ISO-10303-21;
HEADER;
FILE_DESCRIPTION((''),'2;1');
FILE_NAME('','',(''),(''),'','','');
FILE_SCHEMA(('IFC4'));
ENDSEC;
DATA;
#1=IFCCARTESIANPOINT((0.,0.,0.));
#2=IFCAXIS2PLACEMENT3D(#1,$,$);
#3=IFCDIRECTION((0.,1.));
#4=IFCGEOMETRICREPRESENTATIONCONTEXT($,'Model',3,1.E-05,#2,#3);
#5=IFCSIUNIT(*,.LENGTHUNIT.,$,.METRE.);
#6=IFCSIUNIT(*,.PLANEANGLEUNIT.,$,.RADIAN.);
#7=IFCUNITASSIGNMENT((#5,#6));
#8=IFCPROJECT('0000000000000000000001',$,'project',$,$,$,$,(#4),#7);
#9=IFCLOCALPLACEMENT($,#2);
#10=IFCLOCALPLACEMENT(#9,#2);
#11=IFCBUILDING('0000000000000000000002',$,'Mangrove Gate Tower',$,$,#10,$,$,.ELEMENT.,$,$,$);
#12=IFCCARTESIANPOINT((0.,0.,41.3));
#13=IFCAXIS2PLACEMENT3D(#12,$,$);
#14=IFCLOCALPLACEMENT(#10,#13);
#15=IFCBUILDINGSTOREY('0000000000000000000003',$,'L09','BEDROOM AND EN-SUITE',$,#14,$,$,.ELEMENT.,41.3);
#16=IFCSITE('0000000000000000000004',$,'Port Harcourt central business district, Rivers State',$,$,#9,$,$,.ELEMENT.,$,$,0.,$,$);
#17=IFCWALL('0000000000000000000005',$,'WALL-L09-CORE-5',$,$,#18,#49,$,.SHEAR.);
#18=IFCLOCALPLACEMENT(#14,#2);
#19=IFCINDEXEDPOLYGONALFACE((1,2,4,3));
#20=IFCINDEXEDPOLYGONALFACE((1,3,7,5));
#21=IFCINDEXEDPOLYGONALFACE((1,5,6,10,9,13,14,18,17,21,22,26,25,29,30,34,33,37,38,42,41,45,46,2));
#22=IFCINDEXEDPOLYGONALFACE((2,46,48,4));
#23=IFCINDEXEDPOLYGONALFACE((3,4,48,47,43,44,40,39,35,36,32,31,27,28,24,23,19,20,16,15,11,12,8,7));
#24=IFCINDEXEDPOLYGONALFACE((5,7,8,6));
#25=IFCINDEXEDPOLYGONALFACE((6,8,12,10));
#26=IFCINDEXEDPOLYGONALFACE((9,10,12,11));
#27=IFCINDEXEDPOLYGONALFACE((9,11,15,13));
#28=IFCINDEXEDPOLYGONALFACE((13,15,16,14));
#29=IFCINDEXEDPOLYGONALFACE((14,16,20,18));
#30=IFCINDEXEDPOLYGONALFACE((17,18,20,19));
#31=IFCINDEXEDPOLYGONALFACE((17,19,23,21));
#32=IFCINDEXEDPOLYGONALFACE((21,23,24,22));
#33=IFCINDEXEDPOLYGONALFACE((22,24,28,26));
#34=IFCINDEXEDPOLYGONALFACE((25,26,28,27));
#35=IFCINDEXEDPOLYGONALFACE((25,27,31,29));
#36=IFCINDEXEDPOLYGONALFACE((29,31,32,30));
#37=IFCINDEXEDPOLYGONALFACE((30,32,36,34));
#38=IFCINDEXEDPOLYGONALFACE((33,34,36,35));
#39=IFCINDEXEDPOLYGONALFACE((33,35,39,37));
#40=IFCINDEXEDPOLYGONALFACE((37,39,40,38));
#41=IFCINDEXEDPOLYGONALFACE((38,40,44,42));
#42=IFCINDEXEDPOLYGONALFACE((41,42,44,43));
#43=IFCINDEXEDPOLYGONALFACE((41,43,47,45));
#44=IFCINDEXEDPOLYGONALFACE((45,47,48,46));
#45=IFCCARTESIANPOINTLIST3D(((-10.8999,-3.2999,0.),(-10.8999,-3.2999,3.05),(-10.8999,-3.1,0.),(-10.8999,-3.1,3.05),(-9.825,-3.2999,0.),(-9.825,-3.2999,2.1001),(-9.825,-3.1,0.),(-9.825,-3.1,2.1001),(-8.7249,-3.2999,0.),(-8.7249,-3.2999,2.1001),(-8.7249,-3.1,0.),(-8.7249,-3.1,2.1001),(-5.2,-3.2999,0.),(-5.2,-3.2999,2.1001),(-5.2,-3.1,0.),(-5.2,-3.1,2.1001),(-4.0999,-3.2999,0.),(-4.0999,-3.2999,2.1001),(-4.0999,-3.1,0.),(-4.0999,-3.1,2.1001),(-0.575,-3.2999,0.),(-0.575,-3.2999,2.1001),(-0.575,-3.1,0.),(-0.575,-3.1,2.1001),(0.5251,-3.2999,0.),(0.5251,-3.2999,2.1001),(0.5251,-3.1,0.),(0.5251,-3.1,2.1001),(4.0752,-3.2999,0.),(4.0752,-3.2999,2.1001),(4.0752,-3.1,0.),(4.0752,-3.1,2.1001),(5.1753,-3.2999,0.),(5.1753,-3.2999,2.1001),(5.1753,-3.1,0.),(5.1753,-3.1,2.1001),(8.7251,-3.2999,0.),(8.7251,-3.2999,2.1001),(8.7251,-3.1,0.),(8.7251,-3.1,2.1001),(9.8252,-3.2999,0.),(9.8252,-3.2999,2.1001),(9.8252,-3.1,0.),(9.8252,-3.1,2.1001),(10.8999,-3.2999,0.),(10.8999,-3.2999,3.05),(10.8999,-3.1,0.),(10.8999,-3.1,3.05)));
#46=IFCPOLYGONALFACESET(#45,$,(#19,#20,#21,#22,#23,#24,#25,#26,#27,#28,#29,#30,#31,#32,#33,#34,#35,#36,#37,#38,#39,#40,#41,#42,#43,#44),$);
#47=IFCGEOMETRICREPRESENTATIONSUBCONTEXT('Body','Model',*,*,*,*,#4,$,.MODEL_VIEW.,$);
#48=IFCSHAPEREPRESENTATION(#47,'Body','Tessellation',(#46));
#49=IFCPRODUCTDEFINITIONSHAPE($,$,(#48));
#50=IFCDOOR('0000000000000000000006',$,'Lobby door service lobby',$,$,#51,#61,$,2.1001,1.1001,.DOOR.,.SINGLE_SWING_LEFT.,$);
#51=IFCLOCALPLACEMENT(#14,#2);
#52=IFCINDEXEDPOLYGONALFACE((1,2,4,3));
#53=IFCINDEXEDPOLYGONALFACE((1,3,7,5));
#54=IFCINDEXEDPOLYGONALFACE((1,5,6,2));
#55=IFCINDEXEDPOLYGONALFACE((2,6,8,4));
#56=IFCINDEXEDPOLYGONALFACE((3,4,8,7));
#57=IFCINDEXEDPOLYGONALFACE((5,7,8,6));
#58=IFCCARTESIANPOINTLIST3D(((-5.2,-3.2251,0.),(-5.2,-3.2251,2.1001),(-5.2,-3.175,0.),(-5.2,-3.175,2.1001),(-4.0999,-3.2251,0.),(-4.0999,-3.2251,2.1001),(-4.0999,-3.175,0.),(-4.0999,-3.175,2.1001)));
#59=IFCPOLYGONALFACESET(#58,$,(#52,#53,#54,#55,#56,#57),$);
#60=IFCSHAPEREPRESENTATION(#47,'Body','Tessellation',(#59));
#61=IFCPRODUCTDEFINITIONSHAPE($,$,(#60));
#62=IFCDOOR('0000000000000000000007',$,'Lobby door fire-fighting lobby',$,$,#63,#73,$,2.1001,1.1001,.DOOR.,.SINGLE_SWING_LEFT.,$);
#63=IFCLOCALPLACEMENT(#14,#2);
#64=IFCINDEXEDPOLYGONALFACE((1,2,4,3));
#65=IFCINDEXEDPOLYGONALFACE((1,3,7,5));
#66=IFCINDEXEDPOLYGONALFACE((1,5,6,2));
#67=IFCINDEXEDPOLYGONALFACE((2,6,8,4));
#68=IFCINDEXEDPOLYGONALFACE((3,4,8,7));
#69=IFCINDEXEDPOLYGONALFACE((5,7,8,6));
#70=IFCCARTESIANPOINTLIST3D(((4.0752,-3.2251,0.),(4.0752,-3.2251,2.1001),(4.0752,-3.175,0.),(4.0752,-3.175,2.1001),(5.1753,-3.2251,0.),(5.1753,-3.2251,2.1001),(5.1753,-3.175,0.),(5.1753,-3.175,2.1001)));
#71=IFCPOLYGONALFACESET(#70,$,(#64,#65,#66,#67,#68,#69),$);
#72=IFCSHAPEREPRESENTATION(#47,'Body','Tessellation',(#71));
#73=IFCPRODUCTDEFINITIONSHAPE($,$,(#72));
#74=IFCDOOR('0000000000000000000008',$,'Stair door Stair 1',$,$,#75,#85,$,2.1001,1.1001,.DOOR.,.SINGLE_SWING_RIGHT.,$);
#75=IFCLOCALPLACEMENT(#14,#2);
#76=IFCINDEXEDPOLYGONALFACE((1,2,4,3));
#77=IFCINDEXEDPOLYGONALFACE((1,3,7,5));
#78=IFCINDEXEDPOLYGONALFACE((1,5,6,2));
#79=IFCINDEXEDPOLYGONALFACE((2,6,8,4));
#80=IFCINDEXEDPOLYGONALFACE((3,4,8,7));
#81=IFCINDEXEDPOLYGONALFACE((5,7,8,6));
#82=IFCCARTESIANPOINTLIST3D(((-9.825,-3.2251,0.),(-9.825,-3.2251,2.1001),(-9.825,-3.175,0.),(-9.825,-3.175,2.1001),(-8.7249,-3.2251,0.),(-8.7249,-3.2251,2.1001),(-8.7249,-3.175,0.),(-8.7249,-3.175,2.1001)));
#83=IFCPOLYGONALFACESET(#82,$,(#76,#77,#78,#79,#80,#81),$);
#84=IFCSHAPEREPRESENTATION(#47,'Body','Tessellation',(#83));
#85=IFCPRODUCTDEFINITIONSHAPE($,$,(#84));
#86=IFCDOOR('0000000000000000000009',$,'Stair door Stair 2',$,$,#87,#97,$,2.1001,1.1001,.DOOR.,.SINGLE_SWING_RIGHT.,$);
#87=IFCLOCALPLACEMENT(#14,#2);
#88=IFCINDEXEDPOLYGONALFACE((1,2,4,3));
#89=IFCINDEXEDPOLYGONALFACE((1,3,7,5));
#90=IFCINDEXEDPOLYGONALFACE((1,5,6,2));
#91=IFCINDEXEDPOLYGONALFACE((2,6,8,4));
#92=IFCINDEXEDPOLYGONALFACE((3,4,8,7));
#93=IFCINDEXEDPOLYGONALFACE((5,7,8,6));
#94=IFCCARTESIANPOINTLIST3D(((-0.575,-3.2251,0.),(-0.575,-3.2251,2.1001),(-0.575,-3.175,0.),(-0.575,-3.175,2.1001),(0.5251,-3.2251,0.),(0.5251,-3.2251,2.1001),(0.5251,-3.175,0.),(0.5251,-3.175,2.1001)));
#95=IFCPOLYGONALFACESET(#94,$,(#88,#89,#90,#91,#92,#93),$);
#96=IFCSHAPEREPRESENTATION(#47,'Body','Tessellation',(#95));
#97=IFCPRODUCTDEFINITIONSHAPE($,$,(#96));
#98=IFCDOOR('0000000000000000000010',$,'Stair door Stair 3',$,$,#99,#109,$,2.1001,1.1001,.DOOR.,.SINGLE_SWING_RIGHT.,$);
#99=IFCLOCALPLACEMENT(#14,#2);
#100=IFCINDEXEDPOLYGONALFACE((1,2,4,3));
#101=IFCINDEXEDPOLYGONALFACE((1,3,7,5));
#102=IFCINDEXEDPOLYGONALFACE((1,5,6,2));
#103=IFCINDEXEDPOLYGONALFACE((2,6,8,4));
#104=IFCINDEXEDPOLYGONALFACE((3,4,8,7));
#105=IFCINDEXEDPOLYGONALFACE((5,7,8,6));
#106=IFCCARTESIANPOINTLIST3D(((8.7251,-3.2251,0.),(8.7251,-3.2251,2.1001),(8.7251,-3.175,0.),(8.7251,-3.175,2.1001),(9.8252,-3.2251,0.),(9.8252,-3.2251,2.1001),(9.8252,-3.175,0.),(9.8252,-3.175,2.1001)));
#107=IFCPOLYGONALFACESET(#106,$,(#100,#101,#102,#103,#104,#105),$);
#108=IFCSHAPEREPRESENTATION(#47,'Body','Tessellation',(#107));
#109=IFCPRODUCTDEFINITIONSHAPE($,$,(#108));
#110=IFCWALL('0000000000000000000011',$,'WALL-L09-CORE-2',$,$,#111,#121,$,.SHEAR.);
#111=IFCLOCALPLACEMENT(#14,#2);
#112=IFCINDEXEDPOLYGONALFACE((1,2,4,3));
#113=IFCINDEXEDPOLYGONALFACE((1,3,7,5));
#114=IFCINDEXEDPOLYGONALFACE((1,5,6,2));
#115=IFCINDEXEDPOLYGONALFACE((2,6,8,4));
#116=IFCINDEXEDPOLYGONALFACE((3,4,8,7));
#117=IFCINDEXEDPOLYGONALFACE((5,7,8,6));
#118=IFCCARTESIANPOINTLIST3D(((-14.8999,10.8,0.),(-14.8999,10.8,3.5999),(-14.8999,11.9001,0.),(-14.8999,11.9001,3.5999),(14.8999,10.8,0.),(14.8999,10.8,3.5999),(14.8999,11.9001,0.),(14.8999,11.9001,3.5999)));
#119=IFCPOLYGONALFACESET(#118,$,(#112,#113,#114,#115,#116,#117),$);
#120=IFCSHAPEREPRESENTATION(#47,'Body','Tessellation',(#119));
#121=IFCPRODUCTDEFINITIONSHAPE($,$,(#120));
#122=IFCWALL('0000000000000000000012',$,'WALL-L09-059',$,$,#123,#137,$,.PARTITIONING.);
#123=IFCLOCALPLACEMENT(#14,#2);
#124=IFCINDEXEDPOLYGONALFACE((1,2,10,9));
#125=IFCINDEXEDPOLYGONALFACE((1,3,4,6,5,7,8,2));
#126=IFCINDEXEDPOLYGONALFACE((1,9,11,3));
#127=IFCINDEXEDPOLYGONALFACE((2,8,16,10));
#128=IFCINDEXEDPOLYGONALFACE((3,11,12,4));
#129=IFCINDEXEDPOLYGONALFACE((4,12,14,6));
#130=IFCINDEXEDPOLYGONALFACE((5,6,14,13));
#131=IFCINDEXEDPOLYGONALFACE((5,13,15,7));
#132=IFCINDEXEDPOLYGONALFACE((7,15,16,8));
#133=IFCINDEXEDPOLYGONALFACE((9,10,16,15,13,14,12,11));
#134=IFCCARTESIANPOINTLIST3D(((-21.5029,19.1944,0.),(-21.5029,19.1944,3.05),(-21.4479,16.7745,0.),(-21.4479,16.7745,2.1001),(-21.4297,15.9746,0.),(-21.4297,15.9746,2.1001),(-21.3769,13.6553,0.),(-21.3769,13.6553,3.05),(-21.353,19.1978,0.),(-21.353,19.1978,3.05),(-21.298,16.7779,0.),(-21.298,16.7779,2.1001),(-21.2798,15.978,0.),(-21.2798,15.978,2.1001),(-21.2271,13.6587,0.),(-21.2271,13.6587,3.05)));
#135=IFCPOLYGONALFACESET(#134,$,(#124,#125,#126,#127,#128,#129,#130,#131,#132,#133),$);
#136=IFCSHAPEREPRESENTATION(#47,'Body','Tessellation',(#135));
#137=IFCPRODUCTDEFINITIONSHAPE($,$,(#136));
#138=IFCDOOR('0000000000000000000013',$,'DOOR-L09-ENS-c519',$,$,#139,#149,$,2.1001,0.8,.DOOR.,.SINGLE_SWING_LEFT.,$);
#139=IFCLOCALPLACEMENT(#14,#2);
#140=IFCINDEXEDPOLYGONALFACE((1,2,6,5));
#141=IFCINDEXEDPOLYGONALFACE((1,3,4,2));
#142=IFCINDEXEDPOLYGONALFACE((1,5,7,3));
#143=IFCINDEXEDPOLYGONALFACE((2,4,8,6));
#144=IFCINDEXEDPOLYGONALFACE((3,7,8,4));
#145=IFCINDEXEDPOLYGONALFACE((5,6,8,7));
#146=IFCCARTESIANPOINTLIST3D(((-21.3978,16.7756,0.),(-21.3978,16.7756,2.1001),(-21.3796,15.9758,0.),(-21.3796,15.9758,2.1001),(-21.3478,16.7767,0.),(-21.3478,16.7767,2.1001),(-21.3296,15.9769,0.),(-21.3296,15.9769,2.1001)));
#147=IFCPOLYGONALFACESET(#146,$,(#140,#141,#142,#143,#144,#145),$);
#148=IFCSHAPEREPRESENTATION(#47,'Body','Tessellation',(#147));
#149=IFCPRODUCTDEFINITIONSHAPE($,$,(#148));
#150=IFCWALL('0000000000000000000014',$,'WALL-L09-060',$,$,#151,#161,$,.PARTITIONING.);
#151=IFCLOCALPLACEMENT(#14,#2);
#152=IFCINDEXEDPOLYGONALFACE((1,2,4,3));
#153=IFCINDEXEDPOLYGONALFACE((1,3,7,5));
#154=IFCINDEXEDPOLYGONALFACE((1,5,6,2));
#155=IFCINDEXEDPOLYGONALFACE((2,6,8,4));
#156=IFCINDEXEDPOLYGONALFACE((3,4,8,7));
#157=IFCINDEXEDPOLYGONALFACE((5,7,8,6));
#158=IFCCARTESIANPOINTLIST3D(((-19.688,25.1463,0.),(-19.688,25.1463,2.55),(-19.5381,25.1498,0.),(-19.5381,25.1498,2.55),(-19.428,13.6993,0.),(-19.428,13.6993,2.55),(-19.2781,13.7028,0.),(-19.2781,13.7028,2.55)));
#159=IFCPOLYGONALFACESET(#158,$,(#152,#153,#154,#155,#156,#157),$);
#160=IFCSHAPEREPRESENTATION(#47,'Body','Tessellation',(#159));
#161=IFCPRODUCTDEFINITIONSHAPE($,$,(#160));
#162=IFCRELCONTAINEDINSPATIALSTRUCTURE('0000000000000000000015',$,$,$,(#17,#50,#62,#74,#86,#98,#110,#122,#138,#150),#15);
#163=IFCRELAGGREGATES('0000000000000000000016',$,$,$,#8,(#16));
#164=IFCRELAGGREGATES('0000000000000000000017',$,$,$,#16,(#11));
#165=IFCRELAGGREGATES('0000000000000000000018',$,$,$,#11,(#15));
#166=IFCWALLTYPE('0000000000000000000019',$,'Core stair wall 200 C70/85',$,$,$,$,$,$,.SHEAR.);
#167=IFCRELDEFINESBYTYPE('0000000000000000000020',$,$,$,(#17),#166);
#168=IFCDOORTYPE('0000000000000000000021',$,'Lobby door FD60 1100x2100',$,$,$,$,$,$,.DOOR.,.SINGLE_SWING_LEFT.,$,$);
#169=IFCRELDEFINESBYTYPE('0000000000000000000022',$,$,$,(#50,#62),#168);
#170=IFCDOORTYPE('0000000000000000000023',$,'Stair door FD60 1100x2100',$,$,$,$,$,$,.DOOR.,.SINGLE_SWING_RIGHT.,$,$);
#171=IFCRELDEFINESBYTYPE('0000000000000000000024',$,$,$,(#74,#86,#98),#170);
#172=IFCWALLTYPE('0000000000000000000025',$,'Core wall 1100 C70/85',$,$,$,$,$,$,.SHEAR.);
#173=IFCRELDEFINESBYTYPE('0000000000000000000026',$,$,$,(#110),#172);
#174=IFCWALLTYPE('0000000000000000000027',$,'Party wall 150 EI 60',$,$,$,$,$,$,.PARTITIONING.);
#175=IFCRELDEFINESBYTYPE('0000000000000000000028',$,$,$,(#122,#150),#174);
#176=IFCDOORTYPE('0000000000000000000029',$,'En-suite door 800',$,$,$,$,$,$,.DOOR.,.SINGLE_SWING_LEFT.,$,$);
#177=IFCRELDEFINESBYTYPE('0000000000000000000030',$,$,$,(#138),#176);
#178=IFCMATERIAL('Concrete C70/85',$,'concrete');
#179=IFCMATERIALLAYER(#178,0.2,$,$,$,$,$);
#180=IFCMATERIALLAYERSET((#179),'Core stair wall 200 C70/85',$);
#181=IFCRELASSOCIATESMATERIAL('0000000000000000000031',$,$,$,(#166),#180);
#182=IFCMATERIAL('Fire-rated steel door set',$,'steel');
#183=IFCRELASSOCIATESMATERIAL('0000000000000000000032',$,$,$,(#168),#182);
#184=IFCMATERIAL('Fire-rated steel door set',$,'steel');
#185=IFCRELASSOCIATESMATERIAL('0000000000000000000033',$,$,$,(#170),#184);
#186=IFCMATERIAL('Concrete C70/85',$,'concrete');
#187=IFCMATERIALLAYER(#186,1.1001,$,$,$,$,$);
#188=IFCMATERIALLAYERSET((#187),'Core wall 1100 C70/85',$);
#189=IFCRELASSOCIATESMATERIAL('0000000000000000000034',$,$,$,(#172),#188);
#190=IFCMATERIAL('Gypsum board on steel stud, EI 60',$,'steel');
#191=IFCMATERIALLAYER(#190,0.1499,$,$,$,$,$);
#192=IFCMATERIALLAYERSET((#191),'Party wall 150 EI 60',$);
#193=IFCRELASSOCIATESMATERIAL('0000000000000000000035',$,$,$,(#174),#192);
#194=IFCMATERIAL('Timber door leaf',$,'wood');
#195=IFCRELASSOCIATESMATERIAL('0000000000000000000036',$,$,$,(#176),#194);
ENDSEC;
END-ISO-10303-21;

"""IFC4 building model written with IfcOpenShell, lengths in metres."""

from ifc_helpers import new_model, si_unit, direction, frame, frame_2d, origin, place, context, subcontext, project, spatial, rectangle, extrude, material, layer, layer_set, type_object, element, fill, save


model = new_model("IFC4")

# Units and contexts
model_context = context("Model", 3, precision=1e-05, world=origin(), true_north=direction((0.0, 1.0)))
body_context = subcontext(model_context, "Body", "Model", "MODEL_VIEW")
ifc_project = project(units=[si_unit("LENGTHUNIT", "METRE"), si_unit("PLANEANGLEUNIT", "RADIAN")], contexts=[model_context])

# Site, building, storey
site_placement = place(None, origin())
site = spatial("IfcSite", under=ifc_project, at=site_placement, Name="Port Harcourt central business district, Rivers State", CompositionType="ELEMENT", RefElevation=0.0)
building_placement = place(site_placement, origin())
building = spatial("IfcBuilding", under=site, at=building_placement, Name="Mangrove Gate Tower", CompositionType="ELEMENT")
storey_placement = place(building_placement, frame((0.0, 0.0, 41.3)))
storey = spatial("IfcBuildingStorey", under=building, at=storey_placement, Name="L09", Description="BEDROOM AND EN-SUITE", CompositionType="ELEMENT", Elevation=41.3)

# Wall, openings, doors
ifc_material_1 = material(Name="Concrete C70/85", Category="concrete")
ifc_layer_1 = layer(ifc_material_1, 0.2)
ifc_layer_set_1 = layer_set([ifc_layer_1], Name="Core stair wall 200 C70/85")
wall_type_1 = type_object("IfcWallType", Name="Core stair wall 200 C70/85", PredefinedType="SHEAR", material=ifc_layer_set_1)
wall_1_placement = place(storey_placement, frame((-10.8999, -3.2, 0.0), z_axis=(0.0, 0.0, 1.0), x_axis=(1.0, 0.0, 0.0)))
wall_1 = element("IfcWall", 1, at=wall_1_placement, inside=storey, type_object=wall_type_1, Name="WALL-L09-CORE-5", PredefinedType="SHEAR", context=body_context, shape_type="SweptSolid", body=[
    extrude(rectangle(XDim=21.7998, YDim=0.2, at=frame_2d((10.8999, 0.0))), origin(), (0.0, 0.0, 1.0), 3.05),
])
opening_1_placement = place(wall_1_placement, frame((1.075, 0.0, 0.0)))
opening_1 = element("IfcOpeningElement", 2, at=opening_1_placement, cuts=wall_1, PredefinedType="OPENING", context=body_context, shape_type="SweptSolid", body=[
    extrude(rectangle(XDim=1.1001, YDim=2.1001, at=frame_2d((0.55, 1.05))), frame((0.0, 0.1099, 0.0), z_axis=(0.0, -1.0, 0.0), x_axis=(1.0, 0.0, 0.0)), (0.0, 0.0, 1.0), 0.22),
])
opening_2_placement = place(wall_1_placement, frame((10.325, 0.0, 0.0)))
opening_2 = element("IfcOpeningElement", 3, at=opening_2_placement, cuts=wall_1, PredefinedType="OPENING", context=body_context, shape_type="SweptSolid", body=[
    extrude(rectangle(XDim=1.1001, YDim=2.1001, at=frame_2d((0.55, 1.05))), frame((0.0, 0.1099, 0.0), z_axis=(0.0, -1.0, 0.0), x_axis=(1.0, 0.0, 0.0)), (0.0, 0.0, 1.0), 0.22),
])
opening_3_placement = place(wall_1_placement, frame((19.625, 0.0, 0.0)))
opening_3 = element("IfcOpeningElement", 4, at=opening_3_placement, cuts=wall_1, PredefinedType="OPENING", context=body_context, shape_type="SweptSolid", body=[
    extrude(rectangle(XDim=1.1001, YDim=2.1001, at=frame_2d((0.55, 1.05))), frame((0.0, 0.1099, 0.0), z_axis=(0.0, -1.0, 0.0), x_axis=(1.0, 0.0, 0.0)), (0.0, 0.0, 1.0), 0.22),
])
opening_4_placement = place(wall_1_placement, frame((5.7, 0.0, 0.0)))
opening_4 = element("IfcOpeningElement", 5, at=opening_4_placement, cuts=wall_1, PredefinedType="OPENING", context=body_context, shape_type="SweptSolid", body=[
    extrude(rectangle(XDim=1.1001, YDim=2.1001, at=frame_2d((0.55, 1.05))), frame((0.0, 0.1099, 0.0), z_axis=(0.0, -1.0, 0.0), x_axis=(1.0, 0.0, 0.0)), (0.0, 0.0, 1.0), 0.22),
])
opening_5_placement = place(wall_1_placement, frame((14.9751, 0.0, 0.0)))
opening_5 = element("IfcOpeningElement", 6, at=opening_5_placement, cuts=wall_1, PredefinedType="OPENING", context=body_context, shape_type="SweptSolid", body=[
    extrude(rectangle(XDim=1.1001, YDim=2.1001, at=frame_2d((0.55, 1.05))), frame((0.0, 0.1099, 0.0), z_axis=(0.0, -1.0, 0.0), x_axis=(1.0, 0.0, 0.0)), (0.0, 0.0, 1.0), 0.22),
])
ifc_material_2 = material(Name="Fire-rated steel door set", Category="steel")
door_type_1 = type_object("IfcDoorType", Name="Lobby door FD60 1100x2100", OperationType="SINGLE_SWING_LEFT", PredefinedType="DOOR", material=ifc_material_2)
door_1_placement = place(opening_4_placement, origin())
door_1 = element("IfcDoor", 7, at=door_1_placement, inside=storey, type_object=door_type_1, Name="Lobby door service lobby", OperationType="SINGLE_SWING_LEFT", OverallHeight=2.1001, OverallWidth=1.1001, PredefinedType="DOOR", context=body_context, shape_type="SweptSolid", body=[
    extrude(rectangle(XDim=1.1001, YDim=2.1001, at=frame_2d((0.55, 1.05))), frame((0.0, 0.0249, 0.0), z_axis=(0.0, -1.0, 0.0), x_axis=(1.0, 0.0, 0.0)), (0.0, 0.0, 1.0), 0.05),
])
fill(opening_4, door_1)
door_2_placement = place(opening_5_placement, origin())
door_2 = element("IfcDoor", 8, at=door_2_placement, inside=storey, type_object=door_type_1, Name="Lobby door fire-fighting lobby", OperationType="SINGLE_SWING_LEFT", OverallHeight=2.1001, OverallWidth=1.1001, PredefinedType="DOOR", context=body_context, shape_type="SweptSolid", body=[
    extrude(rectangle(XDim=1.1001, YDim=2.1001, at=frame_2d((0.55, 1.05))), frame((0.0, 0.0249, 0.0), z_axis=(0.0, -1.0, 0.0), x_axis=(1.0, 0.0, 0.0)), (0.0, 0.0, 1.0), 0.05),
])
fill(opening_5, door_2)
ifc_material_3 = material(Name="Fire-rated steel door set", Category="steel")
door_type_2 = type_object("IfcDoorType", Name="Stair door FD60 1100x2100", OperationType="SINGLE_SWING_RIGHT", PredefinedType="DOOR", material=ifc_material_3)
door_3_placement = place(opening_1_placement, origin())
door_3 = element("IfcDoor", 9, at=door_3_placement, inside=storey, type_object=door_type_2, Name="Stair door Stair 1", OperationType="SINGLE_SWING_RIGHT", OverallHeight=2.1001, OverallWidth=1.1001, PredefinedType="DOOR", context=body_context, shape_type="SweptSolid", body=[
    extrude(rectangle(XDim=1.1001, YDim=2.1001, at=frame_2d((0.55, 1.05))), frame((0.0, 0.0249, 0.0), z_axis=(0.0, -1.0, 0.0), x_axis=(1.0, 0.0, 0.0)), (0.0, 0.0, 1.0), 0.05),
])
fill(opening_1, door_3)
door_4_placement = place(opening_2_placement, origin())
door_4 = element("IfcDoor", 10, at=door_4_placement, inside=storey, type_object=door_type_2, Name="Stair door Stair 2", OperationType="SINGLE_SWING_RIGHT", OverallHeight=2.1001, OverallWidth=1.1001, PredefinedType="DOOR", context=body_context, shape_type="SweptSolid", body=[
    extrude(rectangle(XDim=1.1001, YDim=2.1001, at=frame_2d((0.55, 1.05))), frame((0.0, 0.0249, 0.0), z_axis=(0.0, -1.0, 0.0), x_axis=(1.0, 0.0, 0.0)), (0.0, 0.0, 1.0), 0.05),
])
fill(opening_2, door_4)
door_5_placement = place(opening_3_placement, origin())
door_5 = element("IfcDoor", 11, at=door_5_placement, inside=storey, type_object=door_type_2, Name="Stair door Stair 3", OperationType="SINGLE_SWING_RIGHT", OverallHeight=2.1001, OverallWidth=1.1001, PredefinedType="DOOR", context=body_context, shape_type="SweptSolid", body=[
    extrude(rectangle(XDim=1.1001, YDim=2.1001, at=frame_2d((0.55, 1.05))), frame((0.0, 0.0249, 0.0), z_axis=(0.0, -1.0, 0.0), x_axis=(1.0, 0.0, 0.0)), (0.0, 0.0, 1.0), 0.05),
])
fill(opening_3, door_5)

# Wall
ifc_material_4 = material(Name="Concrete C70/85", Category="concrete")
ifc_layer_2 = layer(ifc_material_4, 1.1001)
ifc_layer_set_2 = layer_set([ifc_layer_2], Name="Core wall 1100 C70/85")
wall_type_2 = type_object("IfcWallType", Name="Core wall 1100 C70/85", PredefinedType="SHEAR", material=ifc_layer_set_2)
wall_2_placement = place(storey_placement, frame((-14.8999, 11.3501, 0.0), z_axis=(0.0, 0.0, 1.0), x_axis=(1.0, 0.0, 0.0)))
element("IfcWall", 12, at=wall_2_placement, inside=storey, type_object=wall_type_2, Name="WALL-L09-CORE-2", PredefinedType="SHEAR", context=body_context, shape_type="SweptSolid", body=[
    extrude(rectangle(XDim=29.7998, YDim=1.1001, at=frame_2d((14.8999, 0.0))), origin(), (0.0, 0.0, 1.0), 3.5999),
])

# Wall, opening, door
ifc_material_5 = material(Name="Gypsum board on steel stud, EI 60", Category="steel")
ifc_layer_3 = layer(ifc_material_5, 0.1499)
ifc_layer_set_3 = layer_set([ifc_layer_3], Name="Party wall 150 EI 60")
wall_type_3 = type_object("IfcWallType", Name="Party wall 150 EI 60", PredefinedType="PARTITIONING", material=ifc_layer_set_3)
wall_3_placement = place(storey_placement, frame((-21.302, 13.657, 0.0), z_axis=(0.0, 0.0, 1.0), x_axis=(-0.022737, 0.999741, 0.0)))
wall_3 = element("IfcWall", 13, at=wall_3_placement, inside=storey, type_object=wall_type_3, Name="WALL-L09-059", PredefinedType="PARTITIONING", context=body_context, shape_type="SweptSolid", body=[
    extrude(rectangle(XDim=5.5405, YDim=0.1499, at=frame_2d((2.7703, 0.0))), origin(), (0.0, 0.0, 1.0), 3.05),
])
opening_6_placement = place(wall_3_placement, frame((2.3201, 0.0, 0.0)))
opening_6 = element("IfcOpeningElement", 14, at=opening_6_placement, cuts=wall_3, PredefinedType="OPENING", context=body_context, shape_type="SweptSolid", body=[
    extrude(rectangle(XDim=0.8, YDim=2.1001, at=frame_2d((0.3999, 1.05))), frame((0.0, 0.085, 0.0), z_axis=(0.0, -1.0, 0.0), x_axis=(1.0, 0.0, 0.0)), (0.0, 0.0, 1.0), 0.1699),
])
ifc_material_6 = material(Name="Timber door leaf", Category="wood")
door_type_3 = type_object("IfcDoorType", Name="En-suite door 800", OperationType="SINGLE_SWING_LEFT", PredefinedType="DOOR", material=ifc_material_6)
door_6_placement = place(opening_6_placement, origin())
door_6 = element("IfcDoor", 15, at=door_6_placement, inside=storey, type_object=door_type_3, Name="DOOR-L09-ENS-c519", OperationType="SINGLE_SWING_LEFT", OverallHeight=2.1001, OverallWidth=0.8, PredefinedType="DOOR", context=body_context, shape_type="SweptSolid", body=[
    extrude(rectangle(XDim=0.8, YDim=2.1001, at=frame_2d((0.3999, 1.05))), frame((0.0, 0.0249, 0.0), z_axis=(0.0, -1.0, 0.0), x_axis=(1.0, 0.0, 0.0)), (0.0, 0.0, 1.0), 0.05),
])
fill(opening_6, door_6)

# Wall
wall_4_placement = place(storey_placement, frame((-19.353, 13.7009, 0.0), z_axis=(0.0, 0.0, 1.0), x_axis=(-0.022708, 0.999742, 0.0)))
element("IfcWall", 16, at=wall_4_placement, inside=storey, type_object=wall_type_3, Name="WALL-L09-060", PredefinedType="PARTITIONING", context=body_context, shape_type="SweptSolid", body=[
    extrude(rectangle(XDim=11.45, YDim=0.1499, at=frame_2d((5.7251, 0.0))), origin(), (0.0, 0.0, 1.0), 2.55),
])

save(model, "model.ifc")
